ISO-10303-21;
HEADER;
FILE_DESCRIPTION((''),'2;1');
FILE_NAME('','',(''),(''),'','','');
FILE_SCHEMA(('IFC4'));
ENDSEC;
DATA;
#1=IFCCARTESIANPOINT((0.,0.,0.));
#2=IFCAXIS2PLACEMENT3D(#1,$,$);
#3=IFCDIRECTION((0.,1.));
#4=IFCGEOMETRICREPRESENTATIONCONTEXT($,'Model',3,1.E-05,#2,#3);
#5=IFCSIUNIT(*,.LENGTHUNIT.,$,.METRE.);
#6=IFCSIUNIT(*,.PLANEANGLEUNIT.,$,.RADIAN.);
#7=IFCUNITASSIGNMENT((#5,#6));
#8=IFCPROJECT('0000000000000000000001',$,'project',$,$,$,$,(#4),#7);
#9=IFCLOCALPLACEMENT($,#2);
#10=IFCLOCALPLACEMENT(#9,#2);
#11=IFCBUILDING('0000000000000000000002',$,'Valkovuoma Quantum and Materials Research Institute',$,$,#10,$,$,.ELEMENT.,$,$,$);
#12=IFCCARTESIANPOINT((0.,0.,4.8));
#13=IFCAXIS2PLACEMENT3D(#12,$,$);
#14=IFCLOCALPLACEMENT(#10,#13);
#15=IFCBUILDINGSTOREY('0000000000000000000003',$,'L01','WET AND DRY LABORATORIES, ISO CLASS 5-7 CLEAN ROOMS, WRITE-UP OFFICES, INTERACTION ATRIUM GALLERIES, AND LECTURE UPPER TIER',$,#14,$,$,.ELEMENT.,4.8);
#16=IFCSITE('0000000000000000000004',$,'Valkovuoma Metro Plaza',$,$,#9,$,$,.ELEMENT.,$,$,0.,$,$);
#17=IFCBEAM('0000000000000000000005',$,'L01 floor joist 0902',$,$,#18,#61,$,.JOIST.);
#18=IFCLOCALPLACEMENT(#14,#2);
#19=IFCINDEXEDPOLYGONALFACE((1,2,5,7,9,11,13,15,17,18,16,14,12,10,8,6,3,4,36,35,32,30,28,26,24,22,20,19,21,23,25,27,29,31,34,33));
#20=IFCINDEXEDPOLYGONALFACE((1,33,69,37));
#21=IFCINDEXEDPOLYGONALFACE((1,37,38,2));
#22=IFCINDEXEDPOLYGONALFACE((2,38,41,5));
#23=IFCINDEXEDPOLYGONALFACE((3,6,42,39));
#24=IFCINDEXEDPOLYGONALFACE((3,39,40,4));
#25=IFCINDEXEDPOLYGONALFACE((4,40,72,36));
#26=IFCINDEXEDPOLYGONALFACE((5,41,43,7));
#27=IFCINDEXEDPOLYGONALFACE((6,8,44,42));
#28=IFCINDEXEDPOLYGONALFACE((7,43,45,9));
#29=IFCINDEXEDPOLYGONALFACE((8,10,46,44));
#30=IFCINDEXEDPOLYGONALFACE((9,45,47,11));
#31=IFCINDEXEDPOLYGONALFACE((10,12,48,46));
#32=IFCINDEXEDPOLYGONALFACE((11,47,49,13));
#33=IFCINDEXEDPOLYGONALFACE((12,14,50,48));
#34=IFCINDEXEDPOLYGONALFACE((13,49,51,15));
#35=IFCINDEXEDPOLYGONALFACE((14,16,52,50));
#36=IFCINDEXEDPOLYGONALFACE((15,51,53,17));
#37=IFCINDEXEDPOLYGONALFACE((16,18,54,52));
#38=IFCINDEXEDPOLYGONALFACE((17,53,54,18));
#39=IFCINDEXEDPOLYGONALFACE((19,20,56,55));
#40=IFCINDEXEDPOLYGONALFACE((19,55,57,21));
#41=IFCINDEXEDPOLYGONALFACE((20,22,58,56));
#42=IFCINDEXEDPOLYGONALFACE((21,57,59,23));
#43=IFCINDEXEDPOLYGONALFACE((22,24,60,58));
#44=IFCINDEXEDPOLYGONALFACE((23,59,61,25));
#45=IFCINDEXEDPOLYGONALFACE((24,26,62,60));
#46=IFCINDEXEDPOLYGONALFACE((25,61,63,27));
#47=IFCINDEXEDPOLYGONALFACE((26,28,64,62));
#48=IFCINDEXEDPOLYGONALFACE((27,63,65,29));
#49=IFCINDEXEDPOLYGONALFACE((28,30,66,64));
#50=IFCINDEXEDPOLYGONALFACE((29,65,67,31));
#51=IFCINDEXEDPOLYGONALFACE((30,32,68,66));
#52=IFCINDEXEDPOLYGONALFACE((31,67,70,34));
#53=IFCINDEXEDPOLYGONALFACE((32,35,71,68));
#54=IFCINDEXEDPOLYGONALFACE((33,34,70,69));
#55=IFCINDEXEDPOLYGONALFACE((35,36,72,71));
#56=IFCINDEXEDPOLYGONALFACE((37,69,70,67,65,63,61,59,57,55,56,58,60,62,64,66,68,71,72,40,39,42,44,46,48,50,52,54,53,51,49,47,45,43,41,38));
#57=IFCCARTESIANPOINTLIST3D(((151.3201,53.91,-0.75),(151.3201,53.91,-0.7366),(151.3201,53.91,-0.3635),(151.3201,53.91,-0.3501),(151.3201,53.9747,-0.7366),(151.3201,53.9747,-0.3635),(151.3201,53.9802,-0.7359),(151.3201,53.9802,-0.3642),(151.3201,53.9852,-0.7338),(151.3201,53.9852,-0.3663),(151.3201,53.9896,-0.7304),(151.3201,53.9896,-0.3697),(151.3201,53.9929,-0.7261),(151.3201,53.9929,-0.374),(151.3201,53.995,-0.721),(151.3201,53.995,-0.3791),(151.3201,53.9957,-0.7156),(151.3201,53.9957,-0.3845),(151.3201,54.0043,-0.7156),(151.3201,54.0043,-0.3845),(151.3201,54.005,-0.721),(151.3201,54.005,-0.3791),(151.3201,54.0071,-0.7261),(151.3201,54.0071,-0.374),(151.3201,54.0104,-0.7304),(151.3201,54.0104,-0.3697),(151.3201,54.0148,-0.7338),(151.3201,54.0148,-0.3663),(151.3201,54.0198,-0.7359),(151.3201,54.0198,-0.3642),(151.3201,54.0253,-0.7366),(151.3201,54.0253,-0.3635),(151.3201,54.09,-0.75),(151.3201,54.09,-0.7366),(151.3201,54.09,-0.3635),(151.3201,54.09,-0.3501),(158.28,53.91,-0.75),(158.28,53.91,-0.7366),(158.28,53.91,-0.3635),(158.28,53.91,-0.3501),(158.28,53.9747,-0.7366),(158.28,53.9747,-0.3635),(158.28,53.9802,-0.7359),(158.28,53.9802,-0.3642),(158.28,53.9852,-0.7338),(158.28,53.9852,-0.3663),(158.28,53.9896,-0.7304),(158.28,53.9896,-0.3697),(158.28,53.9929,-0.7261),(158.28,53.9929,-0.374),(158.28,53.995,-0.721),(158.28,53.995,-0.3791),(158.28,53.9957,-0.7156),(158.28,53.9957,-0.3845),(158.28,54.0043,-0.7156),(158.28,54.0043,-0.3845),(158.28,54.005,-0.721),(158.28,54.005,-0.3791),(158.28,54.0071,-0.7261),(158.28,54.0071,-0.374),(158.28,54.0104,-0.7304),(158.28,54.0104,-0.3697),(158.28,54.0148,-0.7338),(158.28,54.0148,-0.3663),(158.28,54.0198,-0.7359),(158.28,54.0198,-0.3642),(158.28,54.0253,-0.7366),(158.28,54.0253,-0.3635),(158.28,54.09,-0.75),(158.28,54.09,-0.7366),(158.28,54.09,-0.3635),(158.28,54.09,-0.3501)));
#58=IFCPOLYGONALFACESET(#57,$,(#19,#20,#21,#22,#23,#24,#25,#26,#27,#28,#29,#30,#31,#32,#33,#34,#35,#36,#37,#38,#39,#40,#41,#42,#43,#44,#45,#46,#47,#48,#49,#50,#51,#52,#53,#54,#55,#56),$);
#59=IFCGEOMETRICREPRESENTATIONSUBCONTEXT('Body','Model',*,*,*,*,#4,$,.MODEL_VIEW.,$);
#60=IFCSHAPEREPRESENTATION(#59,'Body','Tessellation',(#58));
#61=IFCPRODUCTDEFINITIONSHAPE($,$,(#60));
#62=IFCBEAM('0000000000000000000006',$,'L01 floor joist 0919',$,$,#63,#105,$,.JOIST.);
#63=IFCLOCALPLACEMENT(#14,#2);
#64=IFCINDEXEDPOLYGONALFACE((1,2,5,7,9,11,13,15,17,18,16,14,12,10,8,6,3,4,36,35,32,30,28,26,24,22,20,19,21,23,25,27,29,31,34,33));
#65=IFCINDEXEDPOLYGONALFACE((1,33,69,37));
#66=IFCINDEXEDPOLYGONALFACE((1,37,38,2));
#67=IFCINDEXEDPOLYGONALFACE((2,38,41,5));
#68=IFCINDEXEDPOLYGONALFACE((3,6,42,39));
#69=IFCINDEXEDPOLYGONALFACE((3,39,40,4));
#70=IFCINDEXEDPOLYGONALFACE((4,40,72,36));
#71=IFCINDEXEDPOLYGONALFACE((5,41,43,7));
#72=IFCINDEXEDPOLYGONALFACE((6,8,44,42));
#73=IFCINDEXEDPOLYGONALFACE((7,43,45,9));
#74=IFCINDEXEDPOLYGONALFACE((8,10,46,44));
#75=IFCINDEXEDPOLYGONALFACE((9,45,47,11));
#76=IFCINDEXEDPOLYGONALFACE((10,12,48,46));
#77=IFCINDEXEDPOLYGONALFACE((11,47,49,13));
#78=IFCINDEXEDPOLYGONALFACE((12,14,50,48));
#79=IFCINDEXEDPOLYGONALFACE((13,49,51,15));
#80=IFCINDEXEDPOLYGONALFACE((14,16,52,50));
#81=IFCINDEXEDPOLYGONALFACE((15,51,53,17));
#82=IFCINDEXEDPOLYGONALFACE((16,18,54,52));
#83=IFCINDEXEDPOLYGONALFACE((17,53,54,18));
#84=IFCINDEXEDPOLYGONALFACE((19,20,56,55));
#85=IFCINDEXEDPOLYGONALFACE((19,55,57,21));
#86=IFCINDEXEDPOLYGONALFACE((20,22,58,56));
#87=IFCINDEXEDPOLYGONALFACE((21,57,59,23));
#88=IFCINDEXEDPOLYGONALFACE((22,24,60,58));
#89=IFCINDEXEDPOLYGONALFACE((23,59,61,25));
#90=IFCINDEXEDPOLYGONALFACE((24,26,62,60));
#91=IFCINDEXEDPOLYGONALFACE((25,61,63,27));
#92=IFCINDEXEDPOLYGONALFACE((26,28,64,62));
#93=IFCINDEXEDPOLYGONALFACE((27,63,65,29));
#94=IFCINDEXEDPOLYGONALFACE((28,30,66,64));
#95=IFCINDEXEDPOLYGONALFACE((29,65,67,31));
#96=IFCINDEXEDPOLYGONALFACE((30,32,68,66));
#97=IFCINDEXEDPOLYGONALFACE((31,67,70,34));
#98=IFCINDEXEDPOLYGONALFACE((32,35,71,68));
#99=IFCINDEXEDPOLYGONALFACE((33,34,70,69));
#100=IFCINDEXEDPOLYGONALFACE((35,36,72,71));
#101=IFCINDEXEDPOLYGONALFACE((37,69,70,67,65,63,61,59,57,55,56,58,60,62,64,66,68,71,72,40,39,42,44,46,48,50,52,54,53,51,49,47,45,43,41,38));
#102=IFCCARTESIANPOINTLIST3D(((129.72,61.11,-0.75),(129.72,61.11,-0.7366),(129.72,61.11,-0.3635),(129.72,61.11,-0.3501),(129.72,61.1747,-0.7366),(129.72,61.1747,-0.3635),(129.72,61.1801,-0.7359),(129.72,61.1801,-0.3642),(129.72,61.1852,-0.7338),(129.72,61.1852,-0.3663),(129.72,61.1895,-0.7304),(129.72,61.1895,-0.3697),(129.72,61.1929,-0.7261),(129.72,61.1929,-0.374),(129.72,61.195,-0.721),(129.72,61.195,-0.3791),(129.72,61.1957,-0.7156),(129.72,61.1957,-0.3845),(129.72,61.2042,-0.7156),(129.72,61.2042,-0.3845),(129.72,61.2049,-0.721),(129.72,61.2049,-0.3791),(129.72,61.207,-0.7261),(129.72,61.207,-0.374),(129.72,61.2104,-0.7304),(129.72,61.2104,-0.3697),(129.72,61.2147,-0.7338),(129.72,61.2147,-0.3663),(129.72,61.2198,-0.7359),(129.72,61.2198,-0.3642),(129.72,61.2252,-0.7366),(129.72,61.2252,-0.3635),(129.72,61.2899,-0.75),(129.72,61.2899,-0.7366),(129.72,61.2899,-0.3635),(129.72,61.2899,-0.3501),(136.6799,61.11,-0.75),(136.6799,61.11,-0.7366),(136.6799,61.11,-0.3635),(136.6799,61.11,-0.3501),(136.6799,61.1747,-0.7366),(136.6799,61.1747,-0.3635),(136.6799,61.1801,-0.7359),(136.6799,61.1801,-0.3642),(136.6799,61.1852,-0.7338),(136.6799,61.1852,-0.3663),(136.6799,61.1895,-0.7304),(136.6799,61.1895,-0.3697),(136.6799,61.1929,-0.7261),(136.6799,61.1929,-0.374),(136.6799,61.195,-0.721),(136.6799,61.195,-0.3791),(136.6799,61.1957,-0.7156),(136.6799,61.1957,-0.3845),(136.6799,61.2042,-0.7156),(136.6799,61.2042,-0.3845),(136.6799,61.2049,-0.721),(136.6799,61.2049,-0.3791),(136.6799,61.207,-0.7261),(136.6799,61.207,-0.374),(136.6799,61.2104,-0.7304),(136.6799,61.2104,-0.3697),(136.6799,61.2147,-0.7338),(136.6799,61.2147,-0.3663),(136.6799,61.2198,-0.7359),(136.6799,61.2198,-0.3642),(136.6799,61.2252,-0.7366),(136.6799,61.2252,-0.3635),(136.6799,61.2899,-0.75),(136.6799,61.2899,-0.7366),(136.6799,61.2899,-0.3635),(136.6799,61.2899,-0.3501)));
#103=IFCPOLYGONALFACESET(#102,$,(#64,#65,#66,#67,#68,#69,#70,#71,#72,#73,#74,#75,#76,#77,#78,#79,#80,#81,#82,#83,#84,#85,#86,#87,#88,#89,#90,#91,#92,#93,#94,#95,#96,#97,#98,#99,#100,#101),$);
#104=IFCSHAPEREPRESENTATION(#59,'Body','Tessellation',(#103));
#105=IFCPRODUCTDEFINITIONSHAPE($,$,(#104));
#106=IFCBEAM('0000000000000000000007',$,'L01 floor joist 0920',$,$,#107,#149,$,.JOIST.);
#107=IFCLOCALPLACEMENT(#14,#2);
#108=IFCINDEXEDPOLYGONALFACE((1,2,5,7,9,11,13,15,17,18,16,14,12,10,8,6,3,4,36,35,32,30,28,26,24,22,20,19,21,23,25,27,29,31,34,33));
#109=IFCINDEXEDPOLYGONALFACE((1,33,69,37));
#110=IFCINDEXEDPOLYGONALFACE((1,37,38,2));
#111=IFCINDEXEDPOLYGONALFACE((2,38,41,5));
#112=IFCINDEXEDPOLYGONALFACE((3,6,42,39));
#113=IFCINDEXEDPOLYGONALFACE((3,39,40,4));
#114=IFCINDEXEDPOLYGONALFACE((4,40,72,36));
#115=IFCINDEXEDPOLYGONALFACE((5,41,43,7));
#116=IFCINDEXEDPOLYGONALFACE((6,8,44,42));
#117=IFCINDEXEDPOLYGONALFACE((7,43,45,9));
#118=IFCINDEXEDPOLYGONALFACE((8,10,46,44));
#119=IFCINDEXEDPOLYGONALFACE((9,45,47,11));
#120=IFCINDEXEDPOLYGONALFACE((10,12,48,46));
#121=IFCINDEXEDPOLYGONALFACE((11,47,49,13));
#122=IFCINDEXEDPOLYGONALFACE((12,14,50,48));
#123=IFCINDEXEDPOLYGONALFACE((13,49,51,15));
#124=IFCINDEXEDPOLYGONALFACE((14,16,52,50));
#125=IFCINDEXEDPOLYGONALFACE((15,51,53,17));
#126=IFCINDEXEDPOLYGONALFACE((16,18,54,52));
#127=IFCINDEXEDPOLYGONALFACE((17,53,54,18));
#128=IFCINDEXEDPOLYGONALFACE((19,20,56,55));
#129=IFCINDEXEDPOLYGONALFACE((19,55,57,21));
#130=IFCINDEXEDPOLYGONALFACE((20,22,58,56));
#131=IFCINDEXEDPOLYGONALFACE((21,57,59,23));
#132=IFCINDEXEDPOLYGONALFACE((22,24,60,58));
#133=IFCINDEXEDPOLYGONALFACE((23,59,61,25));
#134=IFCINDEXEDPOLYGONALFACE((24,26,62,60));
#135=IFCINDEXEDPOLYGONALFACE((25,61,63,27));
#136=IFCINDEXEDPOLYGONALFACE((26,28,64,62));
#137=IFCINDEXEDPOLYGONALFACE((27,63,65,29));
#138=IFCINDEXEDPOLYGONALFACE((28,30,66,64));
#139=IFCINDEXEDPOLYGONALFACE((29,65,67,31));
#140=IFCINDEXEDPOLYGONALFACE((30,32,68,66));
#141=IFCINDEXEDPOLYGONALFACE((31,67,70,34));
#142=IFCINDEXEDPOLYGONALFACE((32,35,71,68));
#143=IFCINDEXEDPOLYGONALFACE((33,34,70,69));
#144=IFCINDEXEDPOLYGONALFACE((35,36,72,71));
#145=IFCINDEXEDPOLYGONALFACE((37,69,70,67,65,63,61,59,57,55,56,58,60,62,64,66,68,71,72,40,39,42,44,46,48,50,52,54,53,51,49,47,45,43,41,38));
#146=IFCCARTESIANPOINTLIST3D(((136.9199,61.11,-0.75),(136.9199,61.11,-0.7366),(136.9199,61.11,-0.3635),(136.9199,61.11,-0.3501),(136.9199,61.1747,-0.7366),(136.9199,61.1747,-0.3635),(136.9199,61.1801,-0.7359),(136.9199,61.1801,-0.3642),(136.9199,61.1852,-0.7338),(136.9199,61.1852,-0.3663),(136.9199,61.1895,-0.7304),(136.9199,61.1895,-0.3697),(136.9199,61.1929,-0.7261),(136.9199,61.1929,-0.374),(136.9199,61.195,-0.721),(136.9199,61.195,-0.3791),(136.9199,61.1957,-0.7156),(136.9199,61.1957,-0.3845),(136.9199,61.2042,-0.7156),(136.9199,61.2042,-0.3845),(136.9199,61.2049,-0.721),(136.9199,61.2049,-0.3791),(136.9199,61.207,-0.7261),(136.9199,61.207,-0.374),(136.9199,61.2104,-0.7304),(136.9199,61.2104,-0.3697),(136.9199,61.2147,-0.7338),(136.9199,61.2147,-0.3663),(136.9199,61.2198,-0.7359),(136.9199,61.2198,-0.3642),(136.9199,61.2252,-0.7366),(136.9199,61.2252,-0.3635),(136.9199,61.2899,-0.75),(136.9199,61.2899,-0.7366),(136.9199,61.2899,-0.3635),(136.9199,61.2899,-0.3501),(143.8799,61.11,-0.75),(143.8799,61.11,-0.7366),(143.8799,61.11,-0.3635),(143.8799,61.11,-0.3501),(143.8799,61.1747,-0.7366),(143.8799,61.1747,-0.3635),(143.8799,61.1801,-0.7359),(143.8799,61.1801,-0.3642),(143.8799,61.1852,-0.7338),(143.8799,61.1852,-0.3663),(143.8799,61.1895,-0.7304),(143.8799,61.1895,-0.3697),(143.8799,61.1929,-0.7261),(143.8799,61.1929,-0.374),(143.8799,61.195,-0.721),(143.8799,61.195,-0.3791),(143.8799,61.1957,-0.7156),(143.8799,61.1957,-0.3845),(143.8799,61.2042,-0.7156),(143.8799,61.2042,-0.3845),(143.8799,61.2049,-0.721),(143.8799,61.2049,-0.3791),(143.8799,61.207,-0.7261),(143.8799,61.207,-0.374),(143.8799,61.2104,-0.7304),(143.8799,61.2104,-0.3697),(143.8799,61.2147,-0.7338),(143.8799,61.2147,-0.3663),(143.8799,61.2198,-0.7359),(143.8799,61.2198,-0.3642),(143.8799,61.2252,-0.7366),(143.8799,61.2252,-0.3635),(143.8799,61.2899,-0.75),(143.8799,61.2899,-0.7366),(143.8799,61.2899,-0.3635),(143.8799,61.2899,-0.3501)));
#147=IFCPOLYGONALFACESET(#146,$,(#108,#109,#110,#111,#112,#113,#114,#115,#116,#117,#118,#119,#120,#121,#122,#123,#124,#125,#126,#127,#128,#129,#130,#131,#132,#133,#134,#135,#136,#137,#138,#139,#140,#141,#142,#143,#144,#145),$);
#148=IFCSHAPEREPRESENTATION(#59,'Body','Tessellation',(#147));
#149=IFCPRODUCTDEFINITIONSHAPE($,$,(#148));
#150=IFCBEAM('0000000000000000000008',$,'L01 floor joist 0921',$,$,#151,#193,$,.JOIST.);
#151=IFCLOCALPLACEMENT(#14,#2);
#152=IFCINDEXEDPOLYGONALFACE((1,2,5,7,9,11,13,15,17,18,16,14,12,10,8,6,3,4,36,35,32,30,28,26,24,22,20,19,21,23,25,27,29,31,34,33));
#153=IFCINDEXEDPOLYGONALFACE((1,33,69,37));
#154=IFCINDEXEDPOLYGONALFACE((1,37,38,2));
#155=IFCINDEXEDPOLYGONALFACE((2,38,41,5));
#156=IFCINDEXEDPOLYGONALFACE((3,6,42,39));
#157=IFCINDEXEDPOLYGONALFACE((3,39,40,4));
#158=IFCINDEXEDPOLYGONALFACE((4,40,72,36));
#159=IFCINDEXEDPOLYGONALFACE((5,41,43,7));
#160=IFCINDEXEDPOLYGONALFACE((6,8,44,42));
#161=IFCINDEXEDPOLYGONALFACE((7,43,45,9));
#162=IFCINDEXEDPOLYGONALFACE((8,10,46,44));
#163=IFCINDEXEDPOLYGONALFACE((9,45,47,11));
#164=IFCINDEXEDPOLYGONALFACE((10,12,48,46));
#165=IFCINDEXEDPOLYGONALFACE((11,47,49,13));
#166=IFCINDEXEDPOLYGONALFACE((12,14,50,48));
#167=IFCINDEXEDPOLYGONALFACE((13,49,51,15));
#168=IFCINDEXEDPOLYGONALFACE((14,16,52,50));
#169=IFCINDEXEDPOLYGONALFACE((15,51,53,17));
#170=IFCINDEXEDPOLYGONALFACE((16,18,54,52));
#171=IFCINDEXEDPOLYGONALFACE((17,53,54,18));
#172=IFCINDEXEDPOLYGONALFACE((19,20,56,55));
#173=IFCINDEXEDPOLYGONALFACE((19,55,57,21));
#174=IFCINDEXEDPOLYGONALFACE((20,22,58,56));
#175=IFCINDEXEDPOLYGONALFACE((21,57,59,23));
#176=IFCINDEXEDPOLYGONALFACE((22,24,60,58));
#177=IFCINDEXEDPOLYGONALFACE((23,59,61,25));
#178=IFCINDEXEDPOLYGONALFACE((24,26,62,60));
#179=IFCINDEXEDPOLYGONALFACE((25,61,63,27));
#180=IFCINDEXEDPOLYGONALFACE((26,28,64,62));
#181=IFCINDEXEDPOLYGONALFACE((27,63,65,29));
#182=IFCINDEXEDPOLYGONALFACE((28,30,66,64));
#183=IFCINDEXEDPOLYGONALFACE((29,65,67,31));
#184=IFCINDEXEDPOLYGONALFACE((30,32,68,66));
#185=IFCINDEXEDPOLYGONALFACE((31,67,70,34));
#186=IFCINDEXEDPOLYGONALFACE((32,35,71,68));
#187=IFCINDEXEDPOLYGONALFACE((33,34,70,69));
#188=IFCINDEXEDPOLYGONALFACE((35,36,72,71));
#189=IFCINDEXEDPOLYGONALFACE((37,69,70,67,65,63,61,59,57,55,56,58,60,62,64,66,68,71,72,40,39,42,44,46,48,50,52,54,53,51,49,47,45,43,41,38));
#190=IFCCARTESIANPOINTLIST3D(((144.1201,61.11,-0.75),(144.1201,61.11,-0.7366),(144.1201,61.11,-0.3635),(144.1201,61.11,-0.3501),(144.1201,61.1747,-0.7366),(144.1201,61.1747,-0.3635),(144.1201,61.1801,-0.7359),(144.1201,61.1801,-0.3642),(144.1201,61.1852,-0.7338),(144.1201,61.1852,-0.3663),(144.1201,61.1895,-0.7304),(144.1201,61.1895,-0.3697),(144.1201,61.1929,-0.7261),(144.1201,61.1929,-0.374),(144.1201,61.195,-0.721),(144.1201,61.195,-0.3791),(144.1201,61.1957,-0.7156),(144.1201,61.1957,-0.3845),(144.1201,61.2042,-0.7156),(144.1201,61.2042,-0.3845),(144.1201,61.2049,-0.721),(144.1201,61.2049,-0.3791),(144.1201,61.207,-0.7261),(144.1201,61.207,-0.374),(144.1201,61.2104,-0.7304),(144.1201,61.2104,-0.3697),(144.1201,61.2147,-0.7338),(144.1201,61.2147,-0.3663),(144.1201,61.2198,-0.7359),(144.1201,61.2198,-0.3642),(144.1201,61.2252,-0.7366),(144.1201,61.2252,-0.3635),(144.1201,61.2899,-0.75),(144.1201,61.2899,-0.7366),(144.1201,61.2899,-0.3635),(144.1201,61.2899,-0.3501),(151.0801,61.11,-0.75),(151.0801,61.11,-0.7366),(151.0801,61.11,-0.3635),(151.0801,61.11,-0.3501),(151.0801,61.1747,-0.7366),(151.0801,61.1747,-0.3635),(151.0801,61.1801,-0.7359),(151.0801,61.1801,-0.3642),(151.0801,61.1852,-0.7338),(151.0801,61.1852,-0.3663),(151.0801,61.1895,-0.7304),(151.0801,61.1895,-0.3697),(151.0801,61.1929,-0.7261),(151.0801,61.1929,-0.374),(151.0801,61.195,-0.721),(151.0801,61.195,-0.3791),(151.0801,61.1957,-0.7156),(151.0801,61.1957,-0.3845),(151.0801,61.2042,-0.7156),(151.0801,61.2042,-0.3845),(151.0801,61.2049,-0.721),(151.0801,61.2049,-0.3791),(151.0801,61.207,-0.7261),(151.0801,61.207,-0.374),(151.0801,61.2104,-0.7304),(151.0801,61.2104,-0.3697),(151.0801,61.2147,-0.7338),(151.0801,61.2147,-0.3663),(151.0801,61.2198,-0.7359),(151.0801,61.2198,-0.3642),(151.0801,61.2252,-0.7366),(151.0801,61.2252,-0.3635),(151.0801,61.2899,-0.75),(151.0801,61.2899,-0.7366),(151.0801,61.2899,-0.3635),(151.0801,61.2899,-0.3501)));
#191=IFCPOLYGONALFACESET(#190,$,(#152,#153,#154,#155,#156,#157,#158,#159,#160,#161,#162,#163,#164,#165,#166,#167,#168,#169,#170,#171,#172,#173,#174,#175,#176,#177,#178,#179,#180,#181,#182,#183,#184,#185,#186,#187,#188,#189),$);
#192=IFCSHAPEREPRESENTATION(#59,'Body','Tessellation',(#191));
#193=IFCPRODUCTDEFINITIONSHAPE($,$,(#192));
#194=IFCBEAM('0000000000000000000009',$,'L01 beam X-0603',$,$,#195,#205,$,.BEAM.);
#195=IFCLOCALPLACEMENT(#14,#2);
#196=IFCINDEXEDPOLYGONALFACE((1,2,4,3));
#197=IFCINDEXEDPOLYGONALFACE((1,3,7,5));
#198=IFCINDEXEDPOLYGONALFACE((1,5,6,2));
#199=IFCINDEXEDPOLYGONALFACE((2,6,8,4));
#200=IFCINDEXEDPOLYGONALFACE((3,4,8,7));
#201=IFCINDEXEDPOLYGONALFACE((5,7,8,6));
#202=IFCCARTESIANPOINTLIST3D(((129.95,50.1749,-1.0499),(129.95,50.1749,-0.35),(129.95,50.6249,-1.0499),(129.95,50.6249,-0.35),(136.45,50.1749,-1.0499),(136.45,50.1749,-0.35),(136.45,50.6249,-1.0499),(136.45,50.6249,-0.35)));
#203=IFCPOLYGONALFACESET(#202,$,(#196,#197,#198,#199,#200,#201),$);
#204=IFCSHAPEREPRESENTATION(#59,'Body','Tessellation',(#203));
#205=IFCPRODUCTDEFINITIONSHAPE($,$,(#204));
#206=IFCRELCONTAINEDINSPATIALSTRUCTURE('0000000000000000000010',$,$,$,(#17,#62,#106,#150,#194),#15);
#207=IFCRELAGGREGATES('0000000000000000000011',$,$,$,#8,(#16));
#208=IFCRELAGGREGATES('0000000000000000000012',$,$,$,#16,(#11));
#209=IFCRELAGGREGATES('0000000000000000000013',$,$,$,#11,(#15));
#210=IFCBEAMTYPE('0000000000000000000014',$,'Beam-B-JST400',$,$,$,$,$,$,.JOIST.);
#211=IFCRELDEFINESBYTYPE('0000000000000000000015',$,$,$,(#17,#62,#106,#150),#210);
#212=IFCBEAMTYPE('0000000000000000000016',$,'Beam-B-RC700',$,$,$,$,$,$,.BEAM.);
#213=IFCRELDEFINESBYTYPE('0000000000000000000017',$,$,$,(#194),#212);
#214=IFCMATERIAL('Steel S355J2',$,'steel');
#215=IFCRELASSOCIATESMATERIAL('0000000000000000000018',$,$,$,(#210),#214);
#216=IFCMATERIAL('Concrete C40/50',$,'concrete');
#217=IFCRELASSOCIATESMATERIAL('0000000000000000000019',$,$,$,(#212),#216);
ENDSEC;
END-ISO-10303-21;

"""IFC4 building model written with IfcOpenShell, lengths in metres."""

from ifc_helpers import new_model, si_unit, direction, frame, origin, origin_2d, place, context, subcontext, project, spatial, rectangle, i_section, extrude, material, material_profile, profile_set, type_object, element, save


model = new_model("IFC4")

# Units and contexts
model_context = context("Model", 3, precision=1e-05, world=origin(), true_north=direction((0.0, 1.0)))
body_context = subcontext(model_context, "Body", "Model", "MODEL_VIEW")
ifc_project = project(units=[si_unit("LENGTHUNIT", "METRE"), si_unit("PLANEANGLEUNIT", "RADIAN")], contexts=[model_context])

# Site, building, storey
site_placement = place(None, origin())
site = spatial("IfcSite", under=ifc_project, at=site_placement, Name="Valkovuoma Metro Plaza", CompositionType="ELEMENT", RefElevation=0.0)
building_placement = place(site_placement, origin())
building = spatial("IfcBuilding", under=site, at=building_placement, Name="Valkovuoma Quantum and Materials Research Institute", CompositionType="ELEMENT")
storey_placement = place(building_placement, frame((0.0, 0.0, 4.8)))
storey = spatial("IfcBuildingStorey", under=building, at=storey_placement, Name="L01", Description="WET AND DRY LABORATORIES, ISO CLASS 5-7 CLEAN ROOMS, WRITE-UP OFFICES, INTERACTION ATRIUM GALLERIES, AND LECTURE UPPER TIER", CompositionType="ELEMENT", Elevation=4.8)

# Beams
ifc_material_1 = material(Name="Steel S355J2", Category="steel")
ifc_material_profile_1 = material_profile(ifc_material_1, i_section(OverallWidth=0.1799, OverallDepth=0.3999, WebThickness=0.0085, FlangeThickness=0.0134, FilletRadius=0.021, at=origin_2d()), Name="Steel S355J2")
ifc_profile_set_1 = profile_set([ifc_material_profile_1], Name="Steel S355J2")
beam_type_1 = type_object("IfcBeamType", Name="Beam-B-JST400", PredefinedType="JOIST", material=ifc_profile_set_1)
for number, where, z_axis, x_axis, name in (
    (1, (151.3201, 54.0, -0.55), (1.0, 0.0, 0.0), (0.0, 1.0, 0.0), "L01 floor joist 0902"),
    (2, (129.72, 61.2, -0.55), (1.0, 0.0, 0.0), (0.0, 1.0, 0.0), "L01 floor joist 0919"),
    (3, (136.9199, 61.2, -0.55), (1.0, 0.0, 0.0), (0.0, 1.0, 0.0), "L01 floor joist 0920"),
    (4, (144.1201, 61.2, -0.55), (1.0, 0.0, 0.0), (0.0, 1.0, 0.0), "L01 floor joist 0921"),
):
    element("IfcBeam", number, at=place(storey_placement, frame(where, z_axis=z_axis, x_axis=x_axis)), inside=storey, type_object=beam_type_1, Name=name, PredefinedType="JOIST", context=body_context, shape_type="SweptSolid", body=[
        extrude(i_section(OverallWidth=0.1799, OverallDepth=0.3999, WebThickness=0.0085, FlangeThickness=0.0134, FilletRadius=0.021, at=origin_2d()), origin(), (0.0, 0.0, 1.0), 6.96),
    ])
ifc_material_2 = material(Name="Concrete C40/50", Category="concrete")
ifc_material_profile_2 = material_profile(ifc_material_2, rectangle(XDim=0.45, YDim=0.7, at=origin_2d()), Name="Concrete C40/50")
ifc_profile_set_2 = profile_set([ifc_material_profile_2], Name="Concrete C40/50")
beam_type_2 = type_object("IfcBeamType", Name="Beam-B-RC700", PredefinedType="BEAM", material=ifc_profile_set_2)
for number, where, z_axis, x_axis, name in (
    (5, (129.95, 50.3999, -0.7), (1.0, 0.0, 0.0), (0.0, 1.0, 0.0), "L01 beam X-0603"),
):
    element("IfcBeam", number, at=place(storey_placement, frame(where, z_axis=z_axis, x_axis=x_axis)), inside=storey, type_object=beam_type_2, Name=name, PredefinedType="BEAM", context=body_context, shape_type="SweptSolid", body=[
        extrude(rectangle(XDim=0.45, YDim=0.7, at=origin_2d()), origin(), (0.0, 0.0, 1.0), 6.5),
    ])

save(model, "model.ifc")
